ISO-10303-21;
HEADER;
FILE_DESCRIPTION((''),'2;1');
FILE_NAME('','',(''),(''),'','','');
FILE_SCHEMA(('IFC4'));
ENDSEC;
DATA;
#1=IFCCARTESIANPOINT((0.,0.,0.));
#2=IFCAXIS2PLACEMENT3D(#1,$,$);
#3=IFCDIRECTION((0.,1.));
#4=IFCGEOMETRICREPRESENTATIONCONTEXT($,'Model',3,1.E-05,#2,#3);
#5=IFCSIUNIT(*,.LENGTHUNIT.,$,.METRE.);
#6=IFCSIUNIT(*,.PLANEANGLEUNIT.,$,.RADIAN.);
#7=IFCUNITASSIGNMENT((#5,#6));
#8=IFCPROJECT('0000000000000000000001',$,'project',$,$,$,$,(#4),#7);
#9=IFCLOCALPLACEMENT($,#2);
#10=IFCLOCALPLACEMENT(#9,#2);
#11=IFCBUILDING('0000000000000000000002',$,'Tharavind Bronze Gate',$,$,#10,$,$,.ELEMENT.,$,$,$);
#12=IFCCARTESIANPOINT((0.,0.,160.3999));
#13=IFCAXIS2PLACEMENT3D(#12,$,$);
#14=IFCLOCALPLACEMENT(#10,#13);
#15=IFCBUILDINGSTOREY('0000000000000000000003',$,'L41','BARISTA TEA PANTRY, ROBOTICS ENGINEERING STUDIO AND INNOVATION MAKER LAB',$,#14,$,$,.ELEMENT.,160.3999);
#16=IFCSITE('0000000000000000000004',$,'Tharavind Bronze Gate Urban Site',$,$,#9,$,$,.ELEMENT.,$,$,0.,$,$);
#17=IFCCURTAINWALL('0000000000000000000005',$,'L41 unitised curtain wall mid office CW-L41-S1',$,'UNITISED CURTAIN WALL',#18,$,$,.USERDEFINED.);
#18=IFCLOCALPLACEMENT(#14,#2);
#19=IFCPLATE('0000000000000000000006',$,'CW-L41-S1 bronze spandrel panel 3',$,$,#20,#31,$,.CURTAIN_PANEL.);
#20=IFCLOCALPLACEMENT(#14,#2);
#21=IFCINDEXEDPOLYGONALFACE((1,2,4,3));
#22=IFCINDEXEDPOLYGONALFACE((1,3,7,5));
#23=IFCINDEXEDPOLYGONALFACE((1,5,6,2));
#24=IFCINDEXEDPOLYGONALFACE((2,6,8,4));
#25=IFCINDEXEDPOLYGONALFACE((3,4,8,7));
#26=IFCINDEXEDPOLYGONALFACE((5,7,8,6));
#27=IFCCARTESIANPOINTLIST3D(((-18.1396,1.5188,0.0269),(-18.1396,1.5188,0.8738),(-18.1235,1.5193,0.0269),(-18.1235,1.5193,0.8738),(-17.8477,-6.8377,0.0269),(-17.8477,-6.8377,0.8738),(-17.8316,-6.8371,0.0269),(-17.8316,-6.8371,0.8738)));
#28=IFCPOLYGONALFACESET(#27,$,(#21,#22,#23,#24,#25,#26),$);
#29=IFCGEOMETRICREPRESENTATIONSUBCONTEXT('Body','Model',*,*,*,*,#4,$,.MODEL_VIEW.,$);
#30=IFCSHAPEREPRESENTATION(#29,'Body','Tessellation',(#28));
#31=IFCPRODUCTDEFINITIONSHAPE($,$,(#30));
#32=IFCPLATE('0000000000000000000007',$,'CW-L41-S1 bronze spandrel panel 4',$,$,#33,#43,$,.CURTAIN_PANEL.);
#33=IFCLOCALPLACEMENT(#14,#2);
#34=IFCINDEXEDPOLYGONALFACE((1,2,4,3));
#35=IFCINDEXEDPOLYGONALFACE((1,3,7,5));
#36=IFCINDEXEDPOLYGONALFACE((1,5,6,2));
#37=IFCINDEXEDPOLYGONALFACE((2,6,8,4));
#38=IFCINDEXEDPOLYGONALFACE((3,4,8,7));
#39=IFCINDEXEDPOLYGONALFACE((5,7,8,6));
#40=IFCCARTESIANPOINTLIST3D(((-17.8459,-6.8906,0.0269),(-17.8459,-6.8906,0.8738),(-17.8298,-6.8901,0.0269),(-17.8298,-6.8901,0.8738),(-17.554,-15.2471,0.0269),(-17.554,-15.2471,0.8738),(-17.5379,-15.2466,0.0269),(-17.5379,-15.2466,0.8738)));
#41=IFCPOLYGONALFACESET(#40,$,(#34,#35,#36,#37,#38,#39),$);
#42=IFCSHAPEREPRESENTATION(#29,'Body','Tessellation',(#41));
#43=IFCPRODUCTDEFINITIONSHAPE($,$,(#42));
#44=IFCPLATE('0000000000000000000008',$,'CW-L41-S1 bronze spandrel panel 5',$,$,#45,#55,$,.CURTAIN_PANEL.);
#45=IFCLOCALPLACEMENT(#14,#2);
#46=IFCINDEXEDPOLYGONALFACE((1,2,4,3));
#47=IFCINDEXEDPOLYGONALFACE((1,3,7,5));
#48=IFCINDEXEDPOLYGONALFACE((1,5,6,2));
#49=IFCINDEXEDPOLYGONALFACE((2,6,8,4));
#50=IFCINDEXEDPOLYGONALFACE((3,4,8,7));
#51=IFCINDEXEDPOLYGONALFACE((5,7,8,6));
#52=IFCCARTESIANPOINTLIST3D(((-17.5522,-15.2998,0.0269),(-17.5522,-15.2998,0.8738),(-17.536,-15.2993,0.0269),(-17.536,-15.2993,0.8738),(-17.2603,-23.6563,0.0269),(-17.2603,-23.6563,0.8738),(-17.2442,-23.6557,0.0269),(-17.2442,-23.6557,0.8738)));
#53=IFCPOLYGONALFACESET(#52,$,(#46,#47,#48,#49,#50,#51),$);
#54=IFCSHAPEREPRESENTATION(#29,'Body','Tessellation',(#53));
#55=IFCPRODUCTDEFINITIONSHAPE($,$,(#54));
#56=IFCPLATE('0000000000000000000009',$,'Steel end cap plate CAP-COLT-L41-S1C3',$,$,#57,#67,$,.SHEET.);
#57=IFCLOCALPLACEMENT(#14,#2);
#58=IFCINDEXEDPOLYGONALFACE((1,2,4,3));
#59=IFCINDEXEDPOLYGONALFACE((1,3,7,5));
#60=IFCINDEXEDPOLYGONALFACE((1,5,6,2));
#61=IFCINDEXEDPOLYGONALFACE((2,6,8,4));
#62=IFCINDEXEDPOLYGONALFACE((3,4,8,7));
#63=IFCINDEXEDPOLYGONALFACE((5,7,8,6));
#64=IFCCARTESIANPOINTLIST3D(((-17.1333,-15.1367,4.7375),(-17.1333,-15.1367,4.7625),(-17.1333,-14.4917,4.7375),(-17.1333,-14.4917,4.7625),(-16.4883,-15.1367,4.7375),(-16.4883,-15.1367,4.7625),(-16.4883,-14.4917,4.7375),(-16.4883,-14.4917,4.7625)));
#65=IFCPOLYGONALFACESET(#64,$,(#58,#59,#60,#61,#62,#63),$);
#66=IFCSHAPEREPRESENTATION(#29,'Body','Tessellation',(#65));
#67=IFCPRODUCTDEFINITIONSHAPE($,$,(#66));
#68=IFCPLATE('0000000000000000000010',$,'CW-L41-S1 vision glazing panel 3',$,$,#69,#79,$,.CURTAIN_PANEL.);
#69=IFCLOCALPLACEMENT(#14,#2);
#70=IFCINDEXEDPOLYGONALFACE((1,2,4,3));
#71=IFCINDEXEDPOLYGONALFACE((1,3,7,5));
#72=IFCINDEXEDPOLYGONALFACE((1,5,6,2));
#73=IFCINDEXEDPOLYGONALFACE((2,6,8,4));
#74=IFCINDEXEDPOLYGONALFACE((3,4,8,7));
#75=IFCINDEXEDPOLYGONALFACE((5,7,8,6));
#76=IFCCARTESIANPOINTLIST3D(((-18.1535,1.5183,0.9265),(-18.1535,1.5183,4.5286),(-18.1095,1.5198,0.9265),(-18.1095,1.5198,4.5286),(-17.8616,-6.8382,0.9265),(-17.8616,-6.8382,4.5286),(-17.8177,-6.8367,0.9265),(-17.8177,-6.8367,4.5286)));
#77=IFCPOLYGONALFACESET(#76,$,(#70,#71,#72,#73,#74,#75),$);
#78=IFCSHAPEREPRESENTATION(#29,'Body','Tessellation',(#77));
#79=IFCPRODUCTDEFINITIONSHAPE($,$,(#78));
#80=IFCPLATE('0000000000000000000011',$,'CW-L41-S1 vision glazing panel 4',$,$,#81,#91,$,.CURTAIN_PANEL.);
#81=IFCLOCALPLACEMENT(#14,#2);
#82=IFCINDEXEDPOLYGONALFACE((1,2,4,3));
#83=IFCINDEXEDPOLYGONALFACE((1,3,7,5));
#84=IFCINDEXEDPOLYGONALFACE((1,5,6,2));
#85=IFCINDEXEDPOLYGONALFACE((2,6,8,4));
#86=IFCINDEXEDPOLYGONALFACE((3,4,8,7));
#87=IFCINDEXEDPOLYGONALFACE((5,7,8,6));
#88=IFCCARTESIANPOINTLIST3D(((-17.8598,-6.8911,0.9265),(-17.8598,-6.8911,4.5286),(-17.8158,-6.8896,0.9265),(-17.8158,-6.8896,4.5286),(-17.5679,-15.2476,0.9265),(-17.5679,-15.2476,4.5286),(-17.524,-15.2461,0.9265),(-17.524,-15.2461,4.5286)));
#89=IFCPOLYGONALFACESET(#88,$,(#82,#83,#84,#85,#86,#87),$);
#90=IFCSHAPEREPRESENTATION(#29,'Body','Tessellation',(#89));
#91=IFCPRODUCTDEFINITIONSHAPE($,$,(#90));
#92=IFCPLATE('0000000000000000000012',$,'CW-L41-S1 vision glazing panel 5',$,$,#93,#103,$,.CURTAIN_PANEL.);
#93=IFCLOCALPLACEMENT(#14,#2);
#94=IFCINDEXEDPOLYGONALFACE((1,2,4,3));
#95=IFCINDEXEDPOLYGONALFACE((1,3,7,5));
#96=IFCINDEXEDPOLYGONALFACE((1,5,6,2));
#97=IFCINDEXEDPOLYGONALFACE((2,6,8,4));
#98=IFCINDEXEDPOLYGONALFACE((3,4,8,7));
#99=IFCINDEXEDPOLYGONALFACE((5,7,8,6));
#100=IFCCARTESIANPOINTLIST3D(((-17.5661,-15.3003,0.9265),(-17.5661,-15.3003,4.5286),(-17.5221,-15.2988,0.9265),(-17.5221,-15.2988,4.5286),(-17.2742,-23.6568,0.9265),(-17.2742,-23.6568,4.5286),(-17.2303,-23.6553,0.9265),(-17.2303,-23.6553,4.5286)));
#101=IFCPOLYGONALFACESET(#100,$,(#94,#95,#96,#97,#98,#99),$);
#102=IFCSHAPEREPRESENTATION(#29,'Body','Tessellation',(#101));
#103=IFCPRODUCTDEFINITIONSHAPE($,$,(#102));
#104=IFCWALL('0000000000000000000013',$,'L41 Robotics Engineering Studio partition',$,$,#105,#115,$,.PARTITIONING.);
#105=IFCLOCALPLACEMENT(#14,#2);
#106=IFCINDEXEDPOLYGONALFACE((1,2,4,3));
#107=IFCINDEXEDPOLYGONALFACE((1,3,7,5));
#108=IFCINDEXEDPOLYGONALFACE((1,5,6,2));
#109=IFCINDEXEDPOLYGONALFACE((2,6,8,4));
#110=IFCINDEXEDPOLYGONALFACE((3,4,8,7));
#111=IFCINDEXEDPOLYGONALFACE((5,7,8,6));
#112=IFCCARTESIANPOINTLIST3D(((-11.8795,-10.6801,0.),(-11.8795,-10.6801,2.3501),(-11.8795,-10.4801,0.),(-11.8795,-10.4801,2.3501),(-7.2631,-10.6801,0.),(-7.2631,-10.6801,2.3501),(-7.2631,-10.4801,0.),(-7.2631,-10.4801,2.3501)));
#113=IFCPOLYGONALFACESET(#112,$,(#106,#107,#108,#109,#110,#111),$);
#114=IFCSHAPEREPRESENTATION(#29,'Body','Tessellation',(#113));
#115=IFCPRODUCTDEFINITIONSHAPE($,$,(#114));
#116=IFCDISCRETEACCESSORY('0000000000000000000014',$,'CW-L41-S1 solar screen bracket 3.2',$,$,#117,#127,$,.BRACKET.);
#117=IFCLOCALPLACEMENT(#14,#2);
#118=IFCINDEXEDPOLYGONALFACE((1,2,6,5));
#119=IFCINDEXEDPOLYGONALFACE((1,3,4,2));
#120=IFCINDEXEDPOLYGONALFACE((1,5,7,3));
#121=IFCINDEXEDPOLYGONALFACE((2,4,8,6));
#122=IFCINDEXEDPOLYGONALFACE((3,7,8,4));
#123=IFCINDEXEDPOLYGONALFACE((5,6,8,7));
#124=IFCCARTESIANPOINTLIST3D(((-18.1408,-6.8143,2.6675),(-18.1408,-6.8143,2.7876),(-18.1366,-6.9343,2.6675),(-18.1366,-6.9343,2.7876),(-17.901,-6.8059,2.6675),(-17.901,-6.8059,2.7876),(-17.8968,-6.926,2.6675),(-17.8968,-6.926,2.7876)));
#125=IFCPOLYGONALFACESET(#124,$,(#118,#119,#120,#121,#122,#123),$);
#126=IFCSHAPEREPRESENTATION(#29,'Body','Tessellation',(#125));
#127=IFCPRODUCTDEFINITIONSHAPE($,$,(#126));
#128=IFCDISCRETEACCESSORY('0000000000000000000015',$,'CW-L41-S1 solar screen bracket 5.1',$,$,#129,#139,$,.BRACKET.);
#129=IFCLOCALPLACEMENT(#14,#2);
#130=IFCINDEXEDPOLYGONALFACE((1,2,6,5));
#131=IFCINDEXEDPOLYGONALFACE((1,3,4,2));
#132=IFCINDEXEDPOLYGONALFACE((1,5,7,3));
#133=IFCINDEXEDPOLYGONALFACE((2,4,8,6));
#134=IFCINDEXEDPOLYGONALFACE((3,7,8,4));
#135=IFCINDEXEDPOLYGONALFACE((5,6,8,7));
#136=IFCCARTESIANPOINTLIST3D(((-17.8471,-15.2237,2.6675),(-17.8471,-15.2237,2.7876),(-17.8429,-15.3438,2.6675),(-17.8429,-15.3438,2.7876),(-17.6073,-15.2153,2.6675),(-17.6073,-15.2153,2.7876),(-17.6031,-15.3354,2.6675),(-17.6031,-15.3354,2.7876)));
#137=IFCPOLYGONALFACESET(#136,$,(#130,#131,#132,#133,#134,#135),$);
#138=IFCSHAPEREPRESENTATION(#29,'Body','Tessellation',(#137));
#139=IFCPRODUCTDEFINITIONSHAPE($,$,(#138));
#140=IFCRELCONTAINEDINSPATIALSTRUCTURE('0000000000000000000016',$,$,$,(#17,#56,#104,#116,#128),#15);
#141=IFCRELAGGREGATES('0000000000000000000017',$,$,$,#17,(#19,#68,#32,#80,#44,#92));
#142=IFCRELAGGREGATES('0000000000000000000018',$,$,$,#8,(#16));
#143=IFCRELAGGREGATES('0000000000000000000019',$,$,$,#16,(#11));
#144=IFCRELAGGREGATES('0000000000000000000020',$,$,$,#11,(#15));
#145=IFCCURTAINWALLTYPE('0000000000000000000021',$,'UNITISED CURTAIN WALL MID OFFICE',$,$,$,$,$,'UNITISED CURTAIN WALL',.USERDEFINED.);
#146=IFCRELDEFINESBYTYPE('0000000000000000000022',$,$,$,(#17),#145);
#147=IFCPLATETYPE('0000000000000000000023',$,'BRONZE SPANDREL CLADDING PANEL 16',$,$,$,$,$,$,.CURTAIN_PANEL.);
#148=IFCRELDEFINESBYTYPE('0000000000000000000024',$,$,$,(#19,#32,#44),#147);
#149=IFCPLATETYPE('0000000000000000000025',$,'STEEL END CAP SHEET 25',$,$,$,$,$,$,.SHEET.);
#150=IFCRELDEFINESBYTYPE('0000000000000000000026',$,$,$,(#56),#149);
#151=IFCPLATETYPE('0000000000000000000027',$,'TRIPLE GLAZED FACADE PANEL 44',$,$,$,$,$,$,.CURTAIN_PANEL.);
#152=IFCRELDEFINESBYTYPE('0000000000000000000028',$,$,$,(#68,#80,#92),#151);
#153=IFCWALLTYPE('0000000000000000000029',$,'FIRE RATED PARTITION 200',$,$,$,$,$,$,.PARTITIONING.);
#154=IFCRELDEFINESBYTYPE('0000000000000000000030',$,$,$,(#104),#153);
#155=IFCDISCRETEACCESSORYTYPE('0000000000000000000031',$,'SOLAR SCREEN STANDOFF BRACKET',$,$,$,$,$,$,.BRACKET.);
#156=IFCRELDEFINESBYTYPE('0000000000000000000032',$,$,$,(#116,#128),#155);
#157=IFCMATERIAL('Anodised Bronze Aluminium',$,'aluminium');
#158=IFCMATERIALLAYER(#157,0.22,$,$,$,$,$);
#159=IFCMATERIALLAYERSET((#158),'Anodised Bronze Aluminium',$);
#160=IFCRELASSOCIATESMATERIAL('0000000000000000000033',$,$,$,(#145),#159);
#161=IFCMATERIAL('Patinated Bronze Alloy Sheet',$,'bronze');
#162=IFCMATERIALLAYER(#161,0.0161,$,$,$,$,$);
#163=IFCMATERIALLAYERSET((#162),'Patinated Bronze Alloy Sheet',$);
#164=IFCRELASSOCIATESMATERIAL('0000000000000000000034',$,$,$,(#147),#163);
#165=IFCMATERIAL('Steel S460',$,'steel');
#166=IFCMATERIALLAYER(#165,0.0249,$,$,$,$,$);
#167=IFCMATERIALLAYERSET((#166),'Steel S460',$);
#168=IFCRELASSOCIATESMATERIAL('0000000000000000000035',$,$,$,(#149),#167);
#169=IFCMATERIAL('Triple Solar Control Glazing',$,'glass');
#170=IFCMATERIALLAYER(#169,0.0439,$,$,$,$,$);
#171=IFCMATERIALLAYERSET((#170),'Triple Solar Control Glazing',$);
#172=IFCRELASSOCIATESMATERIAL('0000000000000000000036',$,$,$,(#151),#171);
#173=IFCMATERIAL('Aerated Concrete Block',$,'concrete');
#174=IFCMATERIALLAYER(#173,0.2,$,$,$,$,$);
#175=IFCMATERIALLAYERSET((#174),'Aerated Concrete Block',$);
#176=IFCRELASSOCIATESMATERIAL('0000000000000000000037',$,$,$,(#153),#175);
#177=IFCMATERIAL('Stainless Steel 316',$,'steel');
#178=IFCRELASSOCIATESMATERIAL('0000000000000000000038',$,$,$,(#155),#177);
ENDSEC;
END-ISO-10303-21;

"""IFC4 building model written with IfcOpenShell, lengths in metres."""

from ifc_helpers import new_model, si_unit, direction, frame, frame_2d, origin, origin_2d, place, context, subcontext, project, spatial, rectangle, extrude, material, layer, layer_set, type_object, element, aggregate, save


model = new_model("IFC4")

# Units and contexts
model_context = context("Model", 3, precision=1e-05, world=origin(), true_north=direction((0.0, 1.0)))
body_context = subcontext(model_context, "Body", "Model", "MODEL_VIEW")
ifc_project = project(units=[si_unit("LENGTHUNIT", "METRE"), si_unit("PLANEANGLEUNIT", "RADIAN")], contexts=[model_context])

# Site, building, storey
site_placement = place(None, origin())
site = spatial("IfcSite", under=ifc_project, at=site_placement, Name="Tharavind Bronze Gate Urban Site", CompositionType="ELEMENT", RefElevation=0.0)
building_placement = place(site_placement, origin())
building = spatial("IfcBuilding", under=site, at=building_placement, Name="Tharavind Bronze Gate", CompositionType="ELEMENT")
storey_placement = place(building_placement, frame((0.0, 0.0, 160.3999)))
storey = spatial("IfcBuildingStorey", under=building, at=storey_placement, Name="L41", Description="BARISTA TEA PANTRY, ROBOTICS ENGINEERING STUDIO AND INNOVATION MAKER LAB", CompositionType="ELEMENT", Elevation=160.3999)

# Shared definitions
ifc_material_1 = material(Name="Steel S460", Category="steel")

# Curtain wall
ifc_material_2 = material(Name="Anodised Bronze Aluminium", Category="aluminium")
ifc_layer_1 = layer(ifc_material_2, 0.22)
ifc_layer_set_1 = layer_set([ifc_layer_1], Name="Anodised Bronze Aluminium")
curtain_wall_type = type_object("IfcCurtainWallType", Name="UNITISED CURTAIN WALL MID OFFICE", ElementType="UNITISED CURTAIN WALL", PredefinedType="USERDEFINED", material=ifc_layer_set_1)
curtain_wall_placement = place(storey_placement, origin())
curtain_wall = element("IfcCurtainWall", 1, at=curtain_wall_placement, inside=storey, type_object=curtain_wall_type, Name="L41 unitised curtain wall mid office CW-L41-S1", ObjectType="UNITISED CURTAIN WALL", PredefinedType="USERDEFINED")

# Plates
ifc_material_3 = material(Name="Patinated Bronze Alloy Sheet", Category="bronze")
ifc_layer_2 = layer(ifc_material_3, 0.0161)
ifc_layer_set_2 = layer_set([ifc_layer_2], Name="Patinated Bronze Alloy Sheet")
plate_type_1 = type_object("IfcPlateType", Name="BRONZE SPANDREL CLADDING PANEL 16", PredefinedType="CURTAIN_PANEL", material=ifc_layer_set_2)
plate_1_placement = place(storey_placement, frame((-17.9856, -2.6592, 0.0269), z_axis=(0.0, 0.0, 1.0), x_axis=(0.034899, -0.999391, 0.0)))
plate_1 = element("IfcPlate", 2, at=plate_1_placement, type_object=plate_type_1, Name="CW-L41-S1 bronze spandrel panel 3", PredefinedType="CURTAIN_PANEL", context=body_context, shape_type="SweptSolid", body=[
    extrude(rectangle(XDim=8.3616, YDim=0.0161, at=origin_2d()), origin(), (0.0, 0.0, 1.0), 0.8469),
])
plate_2_placement = place(storey_placement, frame((-17.6919, -11.0686, 0.0269), z_axis=(0.0, 0.0, 1.0), x_axis=(0.034899, -0.999391, 0.0)))
plate_2 = element("IfcPlate", 3, at=plate_2_placement, type_object=plate_type_1, Name="CW-L41-S1 bronze spandrel panel 4", PredefinedType="CURTAIN_PANEL", context=body_context, shape_type="SweptSolid", body=[
    extrude(rectangle(XDim=8.3616, YDim=0.0161, at=origin_2d()), origin(), (0.0, 0.0, 1.0), 0.8469),
])
plate_3_placement = place(storey_placement, frame((-17.3982, -19.4778, 0.0269), z_axis=(0.0, 0.0, 1.0), x_axis=(0.034899, -0.999391, 0.0)))
plate_3 = element("IfcPlate", 4, at=plate_3_placement, type_object=plate_type_1, Name="CW-L41-S1 bronze spandrel panel 5", PredefinedType="CURTAIN_PANEL", context=body_context, shape_type="SweptSolid", body=[
    extrude(rectangle(XDim=8.3616, YDim=0.0161, at=origin_2d()), origin(), (0.0, 0.0, 1.0), 0.8469),
])
ifc_layer_3 = layer(ifc_material_1, 0.0249)
ifc_layer_set_3 = layer_set([ifc_layer_3], Name="Steel S460")
plate_type_2 = type_object("IfcPlateType", Name="STEEL END CAP SHEET 25", PredefinedType="SHEET", material=ifc_layer_set_3)
plate_4_placement = place(storey_placement, frame((-16.8108, -14.8142, 4.7375), z_axis=(0.0, 0.0, 1.0), x_axis=(1.0, 0.0, 0.0)))
element("IfcPlate", 5, at=plate_4_placement, inside=storey, type_object=plate_type_2, Name="Steel end cap plate CAP-COLT-L41-S1C3", PredefinedType="SHEET", context=body_context, shape_type="SweptSolid", body=[
    extrude(rectangle(XDim=0.645, YDim=0.645, at=origin_2d()), origin(), (0.0, 0.0, 1.0), 0.0249),
])
ifc_material_4 = material(Name="Triple Solar Control Glazing", Category="glass")
ifc_layer_4 = layer(ifc_material_4, 0.0439)
ifc_layer_set_4 = layer_set([ifc_layer_4], Name="Triple Solar Control Glazing")
plate_type_3 = type_object("IfcPlateType", Name="TRIPLE GLAZED FACADE PANEL 44", PredefinedType="CURTAIN_PANEL", material=ifc_layer_set_4)
plate_5_placement = place(storey_placement, frame((-17.9856, -2.6592, 0.9265), z_axis=(0.0, 0.0, 1.0), x_axis=(0.034899, -0.999391, 0.0)))
plate_5 = element("IfcPlate", 6, at=plate_5_placement, type_object=plate_type_3, Name="CW-L41-S1 vision glazing panel 3", PredefinedType="CURTAIN_PANEL", context=body_context, shape_type="SweptSolid", body=[
    extrude(rectangle(XDim=8.3616, YDim=0.0439, at=origin_2d()), origin(), (0.0, 0.0, 1.0), 3.6021),
])
plate_6_placement = place(storey_placement, frame((-17.6919, -11.0686, 0.9265), z_axis=(0.0, 0.0, 1.0), x_axis=(0.034899, -0.999391, 0.0)))
plate_6 = element("IfcPlate", 7, at=plate_6_placement, type_object=plate_type_3, Name="CW-L41-S1 vision glazing panel 4", PredefinedType="CURTAIN_PANEL", context=body_context, shape_type="SweptSolid", body=[
    extrude(rectangle(XDim=8.3616, YDim=0.0439, at=origin_2d()), origin(), (0.0, 0.0, 1.0), 3.6021),
])
plate_7_placement = place(storey_placement, frame((-17.3982, -19.4778, 0.9265), z_axis=(0.0, 0.0, 1.0), x_axis=(0.034899, -0.999391, 0.0)))
plate_7 = element("IfcPlate", 8, at=plate_7_placement, type_object=plate_type_3, Name="CW-L41-S1 vision glazing panel 5", PredefinedType="CURTAIN_PANEL", context=body_context, shape_type="SweptSolid", body=[
    extrude(rectangle(XDim=8.3616, YDim=0.0439, at=origin_2d()), origin(), (0.0, 0.0, 1.0), 3.6021),
])
aggregate(curtain_wall, [plate_1, plate_5, plate_2, plate_6, plate_3, plate_7])

# Wall
ifc_material_5 = material(Name="Aerated Concrete Block", Category="concrete")
ifc_layer_5 = layer(ifc_material_5, 0.2)
ifc_layer_set_5 = layer_set([ifc_layer_5], Name="Aerated Concrete Block")
wall_type = type_object("IfcWallType", Name="FIRE RATED PARTITION 200", PredefinedType="PARTITIONING", material=ifc_layer_set_5)
wall_placement = place(storey_placement, frame((-11.8794, -10.5801, 0.0), z_axis=(0.0, 0.0, 1.0), x_axis=(1.0, 0.0, 0.0)))
element("IfcWall", 9, at=wall_placement, inside=storey, type_object=wall_type, Name="L41 Robotics Engineering Studio partition", PredefinedType="PARTITIONING", context=body_context, shape_type="SweptSolid", body=[
    extrude(rectangle(XDim=4.6165, YDim=0.2, at=frame_2d((2.3081, 0.0))), origin(), (0.0, 0.0, 1.0), 2.3501),
])

# Discrete accessories
ifc_material_6 = material(Name="Stainless Steel 316", Category="steel")
discrete_accessory_type = type_object("IfcDiscreteAccessoryType", Name="SOLAR SCREEN STANDOFF BRACKET", PredefinedType="BRACKET", material=ifc_material_6)
for number, where, z_axis, x_axis, name in (
    (10, (-18.0188, -6.8701, 2.6675), (0.0, 0.0, 1.0), (0.034899, -0.999391, 0.0), "CW-L41-S1 solar screen bracket 3.2"),
    (11, (-17.7251, -15.2795, 2.6675), (0.0, 0.0, 1.0), (0.034899, -0.999391, 0.0), "CW-L41-S1 solar screen bracket 5.1"),
):
    element("IfcDiscreteAccessory", number, at=place(storey_placement, frame(where, z_axis=z_axis, x_axis=x_axis)), inside=storey, type_object=discrete_accessory_type, Name=name, PredefinedType="BRACKET", context=body_context, shape_type="SweptSolid", body=[
        extrude(rectangle(XDim=0.1201, YDim=0.24, at=origin_2d()), origin(), (0.0, 0.0, 1.0), 0.1201),
    ])

save(model, "model.ifc")
